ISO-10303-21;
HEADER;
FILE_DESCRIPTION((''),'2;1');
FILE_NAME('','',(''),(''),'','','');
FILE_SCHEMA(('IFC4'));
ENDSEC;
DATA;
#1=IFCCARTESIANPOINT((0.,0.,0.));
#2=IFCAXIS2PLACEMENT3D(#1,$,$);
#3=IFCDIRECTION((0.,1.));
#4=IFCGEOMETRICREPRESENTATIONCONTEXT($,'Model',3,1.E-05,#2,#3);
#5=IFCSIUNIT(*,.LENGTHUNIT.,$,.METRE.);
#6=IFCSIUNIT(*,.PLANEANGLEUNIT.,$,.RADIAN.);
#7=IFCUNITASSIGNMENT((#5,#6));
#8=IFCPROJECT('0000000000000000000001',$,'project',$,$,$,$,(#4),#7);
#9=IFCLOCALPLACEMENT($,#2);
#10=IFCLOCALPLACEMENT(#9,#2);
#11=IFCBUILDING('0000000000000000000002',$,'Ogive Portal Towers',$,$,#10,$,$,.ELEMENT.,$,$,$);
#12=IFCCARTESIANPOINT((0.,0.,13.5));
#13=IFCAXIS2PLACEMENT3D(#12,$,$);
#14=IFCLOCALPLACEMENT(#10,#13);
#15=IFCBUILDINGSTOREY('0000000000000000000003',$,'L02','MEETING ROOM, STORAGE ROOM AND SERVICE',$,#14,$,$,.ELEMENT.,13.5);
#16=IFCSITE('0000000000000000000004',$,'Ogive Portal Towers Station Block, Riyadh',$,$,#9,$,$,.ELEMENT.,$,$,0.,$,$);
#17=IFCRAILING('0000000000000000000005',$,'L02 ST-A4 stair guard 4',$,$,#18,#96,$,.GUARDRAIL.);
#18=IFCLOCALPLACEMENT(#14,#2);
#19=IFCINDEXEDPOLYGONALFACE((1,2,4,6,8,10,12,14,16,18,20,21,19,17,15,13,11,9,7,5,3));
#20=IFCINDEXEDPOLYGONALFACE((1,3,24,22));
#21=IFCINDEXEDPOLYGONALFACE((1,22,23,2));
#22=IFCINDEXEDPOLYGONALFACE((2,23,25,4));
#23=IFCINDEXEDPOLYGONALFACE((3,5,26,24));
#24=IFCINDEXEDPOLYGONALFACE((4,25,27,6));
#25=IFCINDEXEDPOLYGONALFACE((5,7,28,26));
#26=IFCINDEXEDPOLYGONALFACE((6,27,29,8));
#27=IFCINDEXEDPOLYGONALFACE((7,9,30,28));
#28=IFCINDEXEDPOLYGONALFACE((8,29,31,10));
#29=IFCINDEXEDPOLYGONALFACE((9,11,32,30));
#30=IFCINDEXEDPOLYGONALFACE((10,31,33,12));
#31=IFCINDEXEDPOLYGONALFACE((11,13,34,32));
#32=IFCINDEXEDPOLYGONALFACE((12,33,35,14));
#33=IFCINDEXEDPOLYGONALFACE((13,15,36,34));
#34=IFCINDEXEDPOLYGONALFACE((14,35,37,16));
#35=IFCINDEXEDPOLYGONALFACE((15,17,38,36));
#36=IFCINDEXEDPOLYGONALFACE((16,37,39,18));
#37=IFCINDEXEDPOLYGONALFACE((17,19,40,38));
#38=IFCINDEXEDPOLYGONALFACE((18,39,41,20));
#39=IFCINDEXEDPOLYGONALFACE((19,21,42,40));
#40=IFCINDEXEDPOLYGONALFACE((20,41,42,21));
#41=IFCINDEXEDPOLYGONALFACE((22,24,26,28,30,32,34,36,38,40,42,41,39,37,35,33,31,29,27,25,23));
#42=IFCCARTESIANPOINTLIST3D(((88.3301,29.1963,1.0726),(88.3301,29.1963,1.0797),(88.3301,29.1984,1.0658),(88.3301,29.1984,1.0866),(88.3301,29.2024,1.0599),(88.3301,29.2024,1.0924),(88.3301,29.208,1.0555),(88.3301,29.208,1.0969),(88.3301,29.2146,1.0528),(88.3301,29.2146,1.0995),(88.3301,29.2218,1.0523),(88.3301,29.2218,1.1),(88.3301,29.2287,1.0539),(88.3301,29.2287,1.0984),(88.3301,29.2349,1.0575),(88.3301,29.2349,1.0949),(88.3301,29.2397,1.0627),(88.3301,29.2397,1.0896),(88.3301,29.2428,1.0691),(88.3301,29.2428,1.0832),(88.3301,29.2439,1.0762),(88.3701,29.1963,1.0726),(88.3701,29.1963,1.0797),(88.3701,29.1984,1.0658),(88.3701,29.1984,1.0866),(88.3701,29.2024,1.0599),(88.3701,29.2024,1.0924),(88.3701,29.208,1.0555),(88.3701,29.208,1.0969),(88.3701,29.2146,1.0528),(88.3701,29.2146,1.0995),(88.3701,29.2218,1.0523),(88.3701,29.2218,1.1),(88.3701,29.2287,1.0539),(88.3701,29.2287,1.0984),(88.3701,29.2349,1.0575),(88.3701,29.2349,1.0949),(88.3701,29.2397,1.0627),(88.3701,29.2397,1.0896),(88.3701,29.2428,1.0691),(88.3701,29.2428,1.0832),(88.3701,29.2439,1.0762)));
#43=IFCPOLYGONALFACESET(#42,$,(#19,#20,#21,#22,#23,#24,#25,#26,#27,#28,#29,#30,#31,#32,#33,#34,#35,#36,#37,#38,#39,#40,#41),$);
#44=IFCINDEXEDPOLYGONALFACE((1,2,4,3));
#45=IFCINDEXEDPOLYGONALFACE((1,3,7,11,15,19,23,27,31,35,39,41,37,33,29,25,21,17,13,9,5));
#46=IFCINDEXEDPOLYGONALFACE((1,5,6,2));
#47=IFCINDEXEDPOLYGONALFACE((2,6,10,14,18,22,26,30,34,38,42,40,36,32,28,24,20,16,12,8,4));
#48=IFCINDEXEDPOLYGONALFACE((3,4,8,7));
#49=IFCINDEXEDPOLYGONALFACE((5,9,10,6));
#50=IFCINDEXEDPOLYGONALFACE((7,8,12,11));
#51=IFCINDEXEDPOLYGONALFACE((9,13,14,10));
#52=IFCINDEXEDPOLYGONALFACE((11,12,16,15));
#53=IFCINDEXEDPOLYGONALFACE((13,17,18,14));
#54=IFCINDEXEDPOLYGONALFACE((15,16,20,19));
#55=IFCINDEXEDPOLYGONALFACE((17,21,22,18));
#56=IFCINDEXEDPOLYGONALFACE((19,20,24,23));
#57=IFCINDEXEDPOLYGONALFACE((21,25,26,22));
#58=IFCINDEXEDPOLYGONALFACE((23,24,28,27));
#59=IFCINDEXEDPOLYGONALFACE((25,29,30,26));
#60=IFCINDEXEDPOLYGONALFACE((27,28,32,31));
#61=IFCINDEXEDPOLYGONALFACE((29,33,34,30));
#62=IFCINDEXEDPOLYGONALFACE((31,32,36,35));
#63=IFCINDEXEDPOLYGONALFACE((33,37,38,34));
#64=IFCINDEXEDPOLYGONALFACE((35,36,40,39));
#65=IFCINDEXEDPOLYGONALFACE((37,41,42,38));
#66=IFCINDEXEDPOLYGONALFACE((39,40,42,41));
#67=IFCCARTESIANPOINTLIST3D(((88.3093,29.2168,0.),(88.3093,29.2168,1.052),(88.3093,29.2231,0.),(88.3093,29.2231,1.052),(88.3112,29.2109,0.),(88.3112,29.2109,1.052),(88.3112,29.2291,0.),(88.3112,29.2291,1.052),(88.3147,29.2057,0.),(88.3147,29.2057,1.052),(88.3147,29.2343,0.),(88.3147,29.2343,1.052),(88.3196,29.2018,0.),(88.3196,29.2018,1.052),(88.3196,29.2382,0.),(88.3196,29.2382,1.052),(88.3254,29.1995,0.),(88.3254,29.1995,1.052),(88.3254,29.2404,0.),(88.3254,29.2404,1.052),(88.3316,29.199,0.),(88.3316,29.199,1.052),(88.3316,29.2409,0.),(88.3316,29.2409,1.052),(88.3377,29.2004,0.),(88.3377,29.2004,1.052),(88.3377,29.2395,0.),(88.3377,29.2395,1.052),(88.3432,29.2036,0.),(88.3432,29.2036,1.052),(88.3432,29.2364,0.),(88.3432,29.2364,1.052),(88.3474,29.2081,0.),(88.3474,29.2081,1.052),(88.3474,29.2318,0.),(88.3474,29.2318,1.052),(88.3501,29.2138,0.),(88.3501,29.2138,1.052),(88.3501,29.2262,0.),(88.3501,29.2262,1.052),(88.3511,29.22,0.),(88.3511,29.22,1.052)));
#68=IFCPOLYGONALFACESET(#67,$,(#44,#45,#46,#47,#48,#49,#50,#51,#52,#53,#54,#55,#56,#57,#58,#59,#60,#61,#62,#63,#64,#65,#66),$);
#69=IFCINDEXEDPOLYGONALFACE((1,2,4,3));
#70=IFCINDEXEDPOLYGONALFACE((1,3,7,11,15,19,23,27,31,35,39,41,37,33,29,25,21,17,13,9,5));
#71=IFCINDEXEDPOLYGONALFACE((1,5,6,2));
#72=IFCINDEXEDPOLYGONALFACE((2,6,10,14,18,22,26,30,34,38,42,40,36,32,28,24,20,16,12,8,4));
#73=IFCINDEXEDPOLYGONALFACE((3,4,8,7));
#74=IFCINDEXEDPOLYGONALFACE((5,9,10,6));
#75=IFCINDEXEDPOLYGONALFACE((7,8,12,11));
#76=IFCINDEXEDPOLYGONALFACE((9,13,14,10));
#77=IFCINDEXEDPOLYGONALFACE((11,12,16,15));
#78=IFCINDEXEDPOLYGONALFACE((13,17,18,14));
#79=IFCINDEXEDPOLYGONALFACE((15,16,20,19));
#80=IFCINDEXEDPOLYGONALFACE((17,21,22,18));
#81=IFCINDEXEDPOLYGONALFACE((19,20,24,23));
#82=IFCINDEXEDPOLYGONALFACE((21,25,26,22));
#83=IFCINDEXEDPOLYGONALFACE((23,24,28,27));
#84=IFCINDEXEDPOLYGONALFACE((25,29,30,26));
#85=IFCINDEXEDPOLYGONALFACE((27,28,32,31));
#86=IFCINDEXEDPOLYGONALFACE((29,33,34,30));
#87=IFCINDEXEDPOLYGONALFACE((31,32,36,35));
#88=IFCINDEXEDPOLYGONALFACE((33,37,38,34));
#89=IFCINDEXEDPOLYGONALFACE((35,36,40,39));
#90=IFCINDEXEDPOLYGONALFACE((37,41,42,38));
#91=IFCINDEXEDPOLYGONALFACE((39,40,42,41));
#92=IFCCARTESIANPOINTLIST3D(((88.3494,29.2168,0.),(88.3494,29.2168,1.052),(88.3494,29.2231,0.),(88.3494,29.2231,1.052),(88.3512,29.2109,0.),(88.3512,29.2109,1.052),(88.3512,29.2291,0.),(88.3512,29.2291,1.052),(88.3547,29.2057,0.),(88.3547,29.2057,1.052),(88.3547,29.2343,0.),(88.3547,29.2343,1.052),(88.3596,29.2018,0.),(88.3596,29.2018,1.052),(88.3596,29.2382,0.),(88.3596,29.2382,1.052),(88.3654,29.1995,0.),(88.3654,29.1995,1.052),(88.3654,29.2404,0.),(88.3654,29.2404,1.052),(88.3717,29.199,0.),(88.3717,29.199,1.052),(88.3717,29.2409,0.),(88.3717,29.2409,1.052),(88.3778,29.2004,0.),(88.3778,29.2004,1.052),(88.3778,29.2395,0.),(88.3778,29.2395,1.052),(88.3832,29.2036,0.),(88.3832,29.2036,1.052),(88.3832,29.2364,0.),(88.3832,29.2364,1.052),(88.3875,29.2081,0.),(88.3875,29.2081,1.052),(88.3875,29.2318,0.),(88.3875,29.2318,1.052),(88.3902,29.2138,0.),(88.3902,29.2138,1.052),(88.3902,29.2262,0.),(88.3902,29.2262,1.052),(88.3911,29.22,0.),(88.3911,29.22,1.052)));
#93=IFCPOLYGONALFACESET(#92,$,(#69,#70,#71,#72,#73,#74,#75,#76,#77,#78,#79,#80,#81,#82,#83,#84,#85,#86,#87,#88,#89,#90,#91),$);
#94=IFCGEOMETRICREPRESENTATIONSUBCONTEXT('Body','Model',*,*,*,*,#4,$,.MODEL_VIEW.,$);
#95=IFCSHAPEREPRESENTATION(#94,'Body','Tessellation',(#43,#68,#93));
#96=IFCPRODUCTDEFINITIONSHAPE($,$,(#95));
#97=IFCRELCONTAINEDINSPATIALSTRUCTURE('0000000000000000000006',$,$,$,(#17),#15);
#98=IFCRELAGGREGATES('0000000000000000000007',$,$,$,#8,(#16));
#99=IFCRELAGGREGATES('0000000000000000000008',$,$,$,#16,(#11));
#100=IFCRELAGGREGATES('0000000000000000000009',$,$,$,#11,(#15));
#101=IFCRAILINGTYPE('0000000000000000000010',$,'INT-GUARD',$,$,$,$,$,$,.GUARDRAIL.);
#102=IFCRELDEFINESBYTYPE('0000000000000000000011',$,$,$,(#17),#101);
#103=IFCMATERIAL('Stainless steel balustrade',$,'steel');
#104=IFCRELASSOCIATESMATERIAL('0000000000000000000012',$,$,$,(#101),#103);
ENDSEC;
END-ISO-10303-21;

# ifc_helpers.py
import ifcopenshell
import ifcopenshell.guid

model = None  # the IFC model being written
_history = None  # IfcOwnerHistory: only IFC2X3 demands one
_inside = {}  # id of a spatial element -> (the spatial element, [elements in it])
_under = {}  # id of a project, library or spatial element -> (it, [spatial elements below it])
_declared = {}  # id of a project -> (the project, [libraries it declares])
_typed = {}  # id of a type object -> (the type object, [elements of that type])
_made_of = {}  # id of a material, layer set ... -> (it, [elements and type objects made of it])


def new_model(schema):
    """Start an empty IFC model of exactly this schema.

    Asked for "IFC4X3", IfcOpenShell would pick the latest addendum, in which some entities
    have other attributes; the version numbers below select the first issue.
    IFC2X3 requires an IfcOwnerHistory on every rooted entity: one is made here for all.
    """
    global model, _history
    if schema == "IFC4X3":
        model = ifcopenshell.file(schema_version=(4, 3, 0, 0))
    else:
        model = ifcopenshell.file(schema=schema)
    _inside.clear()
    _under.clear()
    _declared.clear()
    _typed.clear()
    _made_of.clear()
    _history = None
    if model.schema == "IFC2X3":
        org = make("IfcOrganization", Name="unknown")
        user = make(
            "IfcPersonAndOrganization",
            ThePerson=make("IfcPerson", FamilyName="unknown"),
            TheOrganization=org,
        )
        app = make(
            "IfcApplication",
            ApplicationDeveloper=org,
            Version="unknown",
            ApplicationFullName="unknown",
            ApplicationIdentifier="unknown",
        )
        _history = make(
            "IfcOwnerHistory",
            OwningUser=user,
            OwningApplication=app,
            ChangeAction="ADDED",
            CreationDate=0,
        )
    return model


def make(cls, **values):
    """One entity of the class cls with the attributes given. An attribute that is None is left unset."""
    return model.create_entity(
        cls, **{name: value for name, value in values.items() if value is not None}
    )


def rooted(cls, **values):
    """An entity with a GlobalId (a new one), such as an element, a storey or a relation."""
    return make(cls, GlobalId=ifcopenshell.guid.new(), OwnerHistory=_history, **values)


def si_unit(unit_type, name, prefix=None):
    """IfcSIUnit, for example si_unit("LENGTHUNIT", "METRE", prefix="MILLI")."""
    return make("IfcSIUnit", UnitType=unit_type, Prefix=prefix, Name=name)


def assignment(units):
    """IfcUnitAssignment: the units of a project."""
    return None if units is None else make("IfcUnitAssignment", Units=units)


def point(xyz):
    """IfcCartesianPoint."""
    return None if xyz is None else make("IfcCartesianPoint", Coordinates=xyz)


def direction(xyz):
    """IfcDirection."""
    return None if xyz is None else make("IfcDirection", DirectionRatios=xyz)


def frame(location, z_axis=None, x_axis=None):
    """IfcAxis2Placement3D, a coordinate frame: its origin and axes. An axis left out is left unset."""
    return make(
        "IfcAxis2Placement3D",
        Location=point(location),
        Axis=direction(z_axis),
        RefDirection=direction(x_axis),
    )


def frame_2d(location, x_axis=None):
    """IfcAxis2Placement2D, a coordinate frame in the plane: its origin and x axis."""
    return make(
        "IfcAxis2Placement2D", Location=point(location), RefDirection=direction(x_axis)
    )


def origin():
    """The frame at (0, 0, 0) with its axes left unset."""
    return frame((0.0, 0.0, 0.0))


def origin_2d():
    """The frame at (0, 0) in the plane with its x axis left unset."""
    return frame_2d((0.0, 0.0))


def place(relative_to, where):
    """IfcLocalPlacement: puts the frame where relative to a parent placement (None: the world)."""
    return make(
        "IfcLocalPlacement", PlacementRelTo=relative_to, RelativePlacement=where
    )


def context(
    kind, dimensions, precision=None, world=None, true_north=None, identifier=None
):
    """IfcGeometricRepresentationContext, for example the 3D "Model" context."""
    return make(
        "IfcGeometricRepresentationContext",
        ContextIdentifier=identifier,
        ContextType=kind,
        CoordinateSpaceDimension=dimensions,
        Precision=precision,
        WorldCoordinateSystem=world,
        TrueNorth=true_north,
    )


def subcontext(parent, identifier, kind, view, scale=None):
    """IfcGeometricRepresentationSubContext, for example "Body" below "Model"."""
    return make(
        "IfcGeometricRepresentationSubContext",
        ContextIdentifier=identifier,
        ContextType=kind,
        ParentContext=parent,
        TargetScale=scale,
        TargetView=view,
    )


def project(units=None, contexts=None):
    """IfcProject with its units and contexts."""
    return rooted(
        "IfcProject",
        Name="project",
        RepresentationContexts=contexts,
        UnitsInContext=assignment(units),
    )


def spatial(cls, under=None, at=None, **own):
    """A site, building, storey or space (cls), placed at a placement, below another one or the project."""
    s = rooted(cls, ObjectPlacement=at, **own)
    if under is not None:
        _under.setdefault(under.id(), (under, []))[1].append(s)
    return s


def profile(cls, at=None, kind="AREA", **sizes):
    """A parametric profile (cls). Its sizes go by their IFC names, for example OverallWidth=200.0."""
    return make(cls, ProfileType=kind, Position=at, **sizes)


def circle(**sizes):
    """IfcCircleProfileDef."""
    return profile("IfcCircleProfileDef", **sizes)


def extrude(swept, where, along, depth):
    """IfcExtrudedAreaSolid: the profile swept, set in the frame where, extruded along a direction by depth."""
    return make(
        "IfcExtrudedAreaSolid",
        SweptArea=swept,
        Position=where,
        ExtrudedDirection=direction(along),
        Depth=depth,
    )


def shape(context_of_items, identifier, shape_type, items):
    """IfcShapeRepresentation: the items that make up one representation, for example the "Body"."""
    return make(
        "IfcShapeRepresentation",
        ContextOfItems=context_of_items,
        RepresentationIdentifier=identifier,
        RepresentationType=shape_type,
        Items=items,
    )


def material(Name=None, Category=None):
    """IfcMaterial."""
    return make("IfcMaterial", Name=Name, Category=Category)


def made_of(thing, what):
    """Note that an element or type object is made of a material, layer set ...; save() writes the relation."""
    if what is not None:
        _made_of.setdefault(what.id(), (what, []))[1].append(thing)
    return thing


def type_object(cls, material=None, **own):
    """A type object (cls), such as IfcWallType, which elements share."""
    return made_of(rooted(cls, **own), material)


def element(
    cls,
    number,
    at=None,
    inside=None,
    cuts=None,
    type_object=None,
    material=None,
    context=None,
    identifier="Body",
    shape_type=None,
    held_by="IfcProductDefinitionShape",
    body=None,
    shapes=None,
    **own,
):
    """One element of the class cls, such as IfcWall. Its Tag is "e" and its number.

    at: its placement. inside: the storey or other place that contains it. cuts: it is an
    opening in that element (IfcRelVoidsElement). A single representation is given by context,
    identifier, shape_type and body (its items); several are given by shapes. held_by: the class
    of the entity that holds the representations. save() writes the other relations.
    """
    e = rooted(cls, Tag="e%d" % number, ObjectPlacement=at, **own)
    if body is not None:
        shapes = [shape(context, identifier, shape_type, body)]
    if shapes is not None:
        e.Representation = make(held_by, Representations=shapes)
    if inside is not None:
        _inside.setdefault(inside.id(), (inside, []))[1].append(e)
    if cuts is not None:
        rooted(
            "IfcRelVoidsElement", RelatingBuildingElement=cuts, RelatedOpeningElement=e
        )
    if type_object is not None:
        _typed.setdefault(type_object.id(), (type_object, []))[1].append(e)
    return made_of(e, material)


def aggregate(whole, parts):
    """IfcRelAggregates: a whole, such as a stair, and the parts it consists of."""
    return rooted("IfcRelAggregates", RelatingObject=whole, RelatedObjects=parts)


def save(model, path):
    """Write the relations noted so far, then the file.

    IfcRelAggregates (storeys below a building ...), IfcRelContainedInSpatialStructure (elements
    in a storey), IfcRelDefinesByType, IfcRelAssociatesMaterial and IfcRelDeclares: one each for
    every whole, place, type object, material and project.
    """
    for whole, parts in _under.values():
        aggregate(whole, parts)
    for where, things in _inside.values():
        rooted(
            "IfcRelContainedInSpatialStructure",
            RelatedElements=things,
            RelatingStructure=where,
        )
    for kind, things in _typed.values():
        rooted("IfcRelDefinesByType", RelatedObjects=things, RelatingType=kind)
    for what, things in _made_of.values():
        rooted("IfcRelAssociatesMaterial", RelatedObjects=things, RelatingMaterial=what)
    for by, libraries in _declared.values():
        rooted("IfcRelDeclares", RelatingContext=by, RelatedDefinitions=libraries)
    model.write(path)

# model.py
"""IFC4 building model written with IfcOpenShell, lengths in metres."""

from ifc_helpers import new_model, si_unit, direction, frame, origin, origin_2d, place, context, subcontext, project, spatial, circle, extrude, material, type_object, element, save


model = new_model("IFC4")

# Units and contexts
model_context = context("Model", 3, precision=1e-05, world=origin(), true_north=direction((0.0, 1.0)))
body_context = subcontext(model_context, "Body", "Model", "MODEL_VIEW")
ifc_project = project(units=[si_unit("LENGTHUNIT", "METRE"), si_unit("PLANEANGLEUNIT", "RADIAN")], contexts=[model_context])

# Site, building, storey
site_placement = place(None, origin())
site = spatial("IfcSite", under=ifc_project, at=site_placement, Name="Ogive Portal Towers Station Block, Riyadh", CompositionType="ELEMENT", RefElevation=0.0)
building_placement = place(site_placement, origin())
building = spatial("IfcBuilding", under=site, at=building_placement, Name="Ogive Portal Towers", CompositionType="ELEMENT")
storey_placement = place(building_placement, frame((0.0, 0.0, 13.5)))
storey = spatial("IfcBuildingStorey", under=building, at=storey_placement, Name="L02", Description="MEETING ROOM, STORAGE ROOM AND SERVICE", CompositionType="ELEMENT", Elevation=13.5)

# Railing
ifc_material_1 = material(Name="Stainless steel balustrade", Category="steel")
railing_type_1 = type_object("IfcRailingType", Name="INT-GUARD", PredefinedType="GUARDRAIL", material=ifc_material_1)
railing_1_placement = place(storey_placement, frame((88.3301, 29.22, 0.0)))
element("IfcRailing", 1, at=railing_1_placement, inside=storey, type_object=railing_type_1, Name="L02 ST-A4 stair guard 4", PredefinedType="GUARDRAIL", context=body_context, shape_type="SweptSolid", body=[
    extrude(circle(Radius=0.0239, at=origin_2d()), frame((0.0, 0.0, 1.0762), z_axis=(1.0, 0.0, 0.0), x_axis=(0.0, 1.0, 0.0)), (0.0, 0.0, 1.0), 0.04),
    extrude(circle(Radius=0.021, at=origin_2d()), origin(), (0.0, 0.0, 1.0), 1.052),
    extrude(circle(Radius=0.021, at=origin_2d()), frame((0.04, 0.0, 0.0)), (0.0, 0.0, 1.0), 1.052),
])

save(model, "model.ifc")
